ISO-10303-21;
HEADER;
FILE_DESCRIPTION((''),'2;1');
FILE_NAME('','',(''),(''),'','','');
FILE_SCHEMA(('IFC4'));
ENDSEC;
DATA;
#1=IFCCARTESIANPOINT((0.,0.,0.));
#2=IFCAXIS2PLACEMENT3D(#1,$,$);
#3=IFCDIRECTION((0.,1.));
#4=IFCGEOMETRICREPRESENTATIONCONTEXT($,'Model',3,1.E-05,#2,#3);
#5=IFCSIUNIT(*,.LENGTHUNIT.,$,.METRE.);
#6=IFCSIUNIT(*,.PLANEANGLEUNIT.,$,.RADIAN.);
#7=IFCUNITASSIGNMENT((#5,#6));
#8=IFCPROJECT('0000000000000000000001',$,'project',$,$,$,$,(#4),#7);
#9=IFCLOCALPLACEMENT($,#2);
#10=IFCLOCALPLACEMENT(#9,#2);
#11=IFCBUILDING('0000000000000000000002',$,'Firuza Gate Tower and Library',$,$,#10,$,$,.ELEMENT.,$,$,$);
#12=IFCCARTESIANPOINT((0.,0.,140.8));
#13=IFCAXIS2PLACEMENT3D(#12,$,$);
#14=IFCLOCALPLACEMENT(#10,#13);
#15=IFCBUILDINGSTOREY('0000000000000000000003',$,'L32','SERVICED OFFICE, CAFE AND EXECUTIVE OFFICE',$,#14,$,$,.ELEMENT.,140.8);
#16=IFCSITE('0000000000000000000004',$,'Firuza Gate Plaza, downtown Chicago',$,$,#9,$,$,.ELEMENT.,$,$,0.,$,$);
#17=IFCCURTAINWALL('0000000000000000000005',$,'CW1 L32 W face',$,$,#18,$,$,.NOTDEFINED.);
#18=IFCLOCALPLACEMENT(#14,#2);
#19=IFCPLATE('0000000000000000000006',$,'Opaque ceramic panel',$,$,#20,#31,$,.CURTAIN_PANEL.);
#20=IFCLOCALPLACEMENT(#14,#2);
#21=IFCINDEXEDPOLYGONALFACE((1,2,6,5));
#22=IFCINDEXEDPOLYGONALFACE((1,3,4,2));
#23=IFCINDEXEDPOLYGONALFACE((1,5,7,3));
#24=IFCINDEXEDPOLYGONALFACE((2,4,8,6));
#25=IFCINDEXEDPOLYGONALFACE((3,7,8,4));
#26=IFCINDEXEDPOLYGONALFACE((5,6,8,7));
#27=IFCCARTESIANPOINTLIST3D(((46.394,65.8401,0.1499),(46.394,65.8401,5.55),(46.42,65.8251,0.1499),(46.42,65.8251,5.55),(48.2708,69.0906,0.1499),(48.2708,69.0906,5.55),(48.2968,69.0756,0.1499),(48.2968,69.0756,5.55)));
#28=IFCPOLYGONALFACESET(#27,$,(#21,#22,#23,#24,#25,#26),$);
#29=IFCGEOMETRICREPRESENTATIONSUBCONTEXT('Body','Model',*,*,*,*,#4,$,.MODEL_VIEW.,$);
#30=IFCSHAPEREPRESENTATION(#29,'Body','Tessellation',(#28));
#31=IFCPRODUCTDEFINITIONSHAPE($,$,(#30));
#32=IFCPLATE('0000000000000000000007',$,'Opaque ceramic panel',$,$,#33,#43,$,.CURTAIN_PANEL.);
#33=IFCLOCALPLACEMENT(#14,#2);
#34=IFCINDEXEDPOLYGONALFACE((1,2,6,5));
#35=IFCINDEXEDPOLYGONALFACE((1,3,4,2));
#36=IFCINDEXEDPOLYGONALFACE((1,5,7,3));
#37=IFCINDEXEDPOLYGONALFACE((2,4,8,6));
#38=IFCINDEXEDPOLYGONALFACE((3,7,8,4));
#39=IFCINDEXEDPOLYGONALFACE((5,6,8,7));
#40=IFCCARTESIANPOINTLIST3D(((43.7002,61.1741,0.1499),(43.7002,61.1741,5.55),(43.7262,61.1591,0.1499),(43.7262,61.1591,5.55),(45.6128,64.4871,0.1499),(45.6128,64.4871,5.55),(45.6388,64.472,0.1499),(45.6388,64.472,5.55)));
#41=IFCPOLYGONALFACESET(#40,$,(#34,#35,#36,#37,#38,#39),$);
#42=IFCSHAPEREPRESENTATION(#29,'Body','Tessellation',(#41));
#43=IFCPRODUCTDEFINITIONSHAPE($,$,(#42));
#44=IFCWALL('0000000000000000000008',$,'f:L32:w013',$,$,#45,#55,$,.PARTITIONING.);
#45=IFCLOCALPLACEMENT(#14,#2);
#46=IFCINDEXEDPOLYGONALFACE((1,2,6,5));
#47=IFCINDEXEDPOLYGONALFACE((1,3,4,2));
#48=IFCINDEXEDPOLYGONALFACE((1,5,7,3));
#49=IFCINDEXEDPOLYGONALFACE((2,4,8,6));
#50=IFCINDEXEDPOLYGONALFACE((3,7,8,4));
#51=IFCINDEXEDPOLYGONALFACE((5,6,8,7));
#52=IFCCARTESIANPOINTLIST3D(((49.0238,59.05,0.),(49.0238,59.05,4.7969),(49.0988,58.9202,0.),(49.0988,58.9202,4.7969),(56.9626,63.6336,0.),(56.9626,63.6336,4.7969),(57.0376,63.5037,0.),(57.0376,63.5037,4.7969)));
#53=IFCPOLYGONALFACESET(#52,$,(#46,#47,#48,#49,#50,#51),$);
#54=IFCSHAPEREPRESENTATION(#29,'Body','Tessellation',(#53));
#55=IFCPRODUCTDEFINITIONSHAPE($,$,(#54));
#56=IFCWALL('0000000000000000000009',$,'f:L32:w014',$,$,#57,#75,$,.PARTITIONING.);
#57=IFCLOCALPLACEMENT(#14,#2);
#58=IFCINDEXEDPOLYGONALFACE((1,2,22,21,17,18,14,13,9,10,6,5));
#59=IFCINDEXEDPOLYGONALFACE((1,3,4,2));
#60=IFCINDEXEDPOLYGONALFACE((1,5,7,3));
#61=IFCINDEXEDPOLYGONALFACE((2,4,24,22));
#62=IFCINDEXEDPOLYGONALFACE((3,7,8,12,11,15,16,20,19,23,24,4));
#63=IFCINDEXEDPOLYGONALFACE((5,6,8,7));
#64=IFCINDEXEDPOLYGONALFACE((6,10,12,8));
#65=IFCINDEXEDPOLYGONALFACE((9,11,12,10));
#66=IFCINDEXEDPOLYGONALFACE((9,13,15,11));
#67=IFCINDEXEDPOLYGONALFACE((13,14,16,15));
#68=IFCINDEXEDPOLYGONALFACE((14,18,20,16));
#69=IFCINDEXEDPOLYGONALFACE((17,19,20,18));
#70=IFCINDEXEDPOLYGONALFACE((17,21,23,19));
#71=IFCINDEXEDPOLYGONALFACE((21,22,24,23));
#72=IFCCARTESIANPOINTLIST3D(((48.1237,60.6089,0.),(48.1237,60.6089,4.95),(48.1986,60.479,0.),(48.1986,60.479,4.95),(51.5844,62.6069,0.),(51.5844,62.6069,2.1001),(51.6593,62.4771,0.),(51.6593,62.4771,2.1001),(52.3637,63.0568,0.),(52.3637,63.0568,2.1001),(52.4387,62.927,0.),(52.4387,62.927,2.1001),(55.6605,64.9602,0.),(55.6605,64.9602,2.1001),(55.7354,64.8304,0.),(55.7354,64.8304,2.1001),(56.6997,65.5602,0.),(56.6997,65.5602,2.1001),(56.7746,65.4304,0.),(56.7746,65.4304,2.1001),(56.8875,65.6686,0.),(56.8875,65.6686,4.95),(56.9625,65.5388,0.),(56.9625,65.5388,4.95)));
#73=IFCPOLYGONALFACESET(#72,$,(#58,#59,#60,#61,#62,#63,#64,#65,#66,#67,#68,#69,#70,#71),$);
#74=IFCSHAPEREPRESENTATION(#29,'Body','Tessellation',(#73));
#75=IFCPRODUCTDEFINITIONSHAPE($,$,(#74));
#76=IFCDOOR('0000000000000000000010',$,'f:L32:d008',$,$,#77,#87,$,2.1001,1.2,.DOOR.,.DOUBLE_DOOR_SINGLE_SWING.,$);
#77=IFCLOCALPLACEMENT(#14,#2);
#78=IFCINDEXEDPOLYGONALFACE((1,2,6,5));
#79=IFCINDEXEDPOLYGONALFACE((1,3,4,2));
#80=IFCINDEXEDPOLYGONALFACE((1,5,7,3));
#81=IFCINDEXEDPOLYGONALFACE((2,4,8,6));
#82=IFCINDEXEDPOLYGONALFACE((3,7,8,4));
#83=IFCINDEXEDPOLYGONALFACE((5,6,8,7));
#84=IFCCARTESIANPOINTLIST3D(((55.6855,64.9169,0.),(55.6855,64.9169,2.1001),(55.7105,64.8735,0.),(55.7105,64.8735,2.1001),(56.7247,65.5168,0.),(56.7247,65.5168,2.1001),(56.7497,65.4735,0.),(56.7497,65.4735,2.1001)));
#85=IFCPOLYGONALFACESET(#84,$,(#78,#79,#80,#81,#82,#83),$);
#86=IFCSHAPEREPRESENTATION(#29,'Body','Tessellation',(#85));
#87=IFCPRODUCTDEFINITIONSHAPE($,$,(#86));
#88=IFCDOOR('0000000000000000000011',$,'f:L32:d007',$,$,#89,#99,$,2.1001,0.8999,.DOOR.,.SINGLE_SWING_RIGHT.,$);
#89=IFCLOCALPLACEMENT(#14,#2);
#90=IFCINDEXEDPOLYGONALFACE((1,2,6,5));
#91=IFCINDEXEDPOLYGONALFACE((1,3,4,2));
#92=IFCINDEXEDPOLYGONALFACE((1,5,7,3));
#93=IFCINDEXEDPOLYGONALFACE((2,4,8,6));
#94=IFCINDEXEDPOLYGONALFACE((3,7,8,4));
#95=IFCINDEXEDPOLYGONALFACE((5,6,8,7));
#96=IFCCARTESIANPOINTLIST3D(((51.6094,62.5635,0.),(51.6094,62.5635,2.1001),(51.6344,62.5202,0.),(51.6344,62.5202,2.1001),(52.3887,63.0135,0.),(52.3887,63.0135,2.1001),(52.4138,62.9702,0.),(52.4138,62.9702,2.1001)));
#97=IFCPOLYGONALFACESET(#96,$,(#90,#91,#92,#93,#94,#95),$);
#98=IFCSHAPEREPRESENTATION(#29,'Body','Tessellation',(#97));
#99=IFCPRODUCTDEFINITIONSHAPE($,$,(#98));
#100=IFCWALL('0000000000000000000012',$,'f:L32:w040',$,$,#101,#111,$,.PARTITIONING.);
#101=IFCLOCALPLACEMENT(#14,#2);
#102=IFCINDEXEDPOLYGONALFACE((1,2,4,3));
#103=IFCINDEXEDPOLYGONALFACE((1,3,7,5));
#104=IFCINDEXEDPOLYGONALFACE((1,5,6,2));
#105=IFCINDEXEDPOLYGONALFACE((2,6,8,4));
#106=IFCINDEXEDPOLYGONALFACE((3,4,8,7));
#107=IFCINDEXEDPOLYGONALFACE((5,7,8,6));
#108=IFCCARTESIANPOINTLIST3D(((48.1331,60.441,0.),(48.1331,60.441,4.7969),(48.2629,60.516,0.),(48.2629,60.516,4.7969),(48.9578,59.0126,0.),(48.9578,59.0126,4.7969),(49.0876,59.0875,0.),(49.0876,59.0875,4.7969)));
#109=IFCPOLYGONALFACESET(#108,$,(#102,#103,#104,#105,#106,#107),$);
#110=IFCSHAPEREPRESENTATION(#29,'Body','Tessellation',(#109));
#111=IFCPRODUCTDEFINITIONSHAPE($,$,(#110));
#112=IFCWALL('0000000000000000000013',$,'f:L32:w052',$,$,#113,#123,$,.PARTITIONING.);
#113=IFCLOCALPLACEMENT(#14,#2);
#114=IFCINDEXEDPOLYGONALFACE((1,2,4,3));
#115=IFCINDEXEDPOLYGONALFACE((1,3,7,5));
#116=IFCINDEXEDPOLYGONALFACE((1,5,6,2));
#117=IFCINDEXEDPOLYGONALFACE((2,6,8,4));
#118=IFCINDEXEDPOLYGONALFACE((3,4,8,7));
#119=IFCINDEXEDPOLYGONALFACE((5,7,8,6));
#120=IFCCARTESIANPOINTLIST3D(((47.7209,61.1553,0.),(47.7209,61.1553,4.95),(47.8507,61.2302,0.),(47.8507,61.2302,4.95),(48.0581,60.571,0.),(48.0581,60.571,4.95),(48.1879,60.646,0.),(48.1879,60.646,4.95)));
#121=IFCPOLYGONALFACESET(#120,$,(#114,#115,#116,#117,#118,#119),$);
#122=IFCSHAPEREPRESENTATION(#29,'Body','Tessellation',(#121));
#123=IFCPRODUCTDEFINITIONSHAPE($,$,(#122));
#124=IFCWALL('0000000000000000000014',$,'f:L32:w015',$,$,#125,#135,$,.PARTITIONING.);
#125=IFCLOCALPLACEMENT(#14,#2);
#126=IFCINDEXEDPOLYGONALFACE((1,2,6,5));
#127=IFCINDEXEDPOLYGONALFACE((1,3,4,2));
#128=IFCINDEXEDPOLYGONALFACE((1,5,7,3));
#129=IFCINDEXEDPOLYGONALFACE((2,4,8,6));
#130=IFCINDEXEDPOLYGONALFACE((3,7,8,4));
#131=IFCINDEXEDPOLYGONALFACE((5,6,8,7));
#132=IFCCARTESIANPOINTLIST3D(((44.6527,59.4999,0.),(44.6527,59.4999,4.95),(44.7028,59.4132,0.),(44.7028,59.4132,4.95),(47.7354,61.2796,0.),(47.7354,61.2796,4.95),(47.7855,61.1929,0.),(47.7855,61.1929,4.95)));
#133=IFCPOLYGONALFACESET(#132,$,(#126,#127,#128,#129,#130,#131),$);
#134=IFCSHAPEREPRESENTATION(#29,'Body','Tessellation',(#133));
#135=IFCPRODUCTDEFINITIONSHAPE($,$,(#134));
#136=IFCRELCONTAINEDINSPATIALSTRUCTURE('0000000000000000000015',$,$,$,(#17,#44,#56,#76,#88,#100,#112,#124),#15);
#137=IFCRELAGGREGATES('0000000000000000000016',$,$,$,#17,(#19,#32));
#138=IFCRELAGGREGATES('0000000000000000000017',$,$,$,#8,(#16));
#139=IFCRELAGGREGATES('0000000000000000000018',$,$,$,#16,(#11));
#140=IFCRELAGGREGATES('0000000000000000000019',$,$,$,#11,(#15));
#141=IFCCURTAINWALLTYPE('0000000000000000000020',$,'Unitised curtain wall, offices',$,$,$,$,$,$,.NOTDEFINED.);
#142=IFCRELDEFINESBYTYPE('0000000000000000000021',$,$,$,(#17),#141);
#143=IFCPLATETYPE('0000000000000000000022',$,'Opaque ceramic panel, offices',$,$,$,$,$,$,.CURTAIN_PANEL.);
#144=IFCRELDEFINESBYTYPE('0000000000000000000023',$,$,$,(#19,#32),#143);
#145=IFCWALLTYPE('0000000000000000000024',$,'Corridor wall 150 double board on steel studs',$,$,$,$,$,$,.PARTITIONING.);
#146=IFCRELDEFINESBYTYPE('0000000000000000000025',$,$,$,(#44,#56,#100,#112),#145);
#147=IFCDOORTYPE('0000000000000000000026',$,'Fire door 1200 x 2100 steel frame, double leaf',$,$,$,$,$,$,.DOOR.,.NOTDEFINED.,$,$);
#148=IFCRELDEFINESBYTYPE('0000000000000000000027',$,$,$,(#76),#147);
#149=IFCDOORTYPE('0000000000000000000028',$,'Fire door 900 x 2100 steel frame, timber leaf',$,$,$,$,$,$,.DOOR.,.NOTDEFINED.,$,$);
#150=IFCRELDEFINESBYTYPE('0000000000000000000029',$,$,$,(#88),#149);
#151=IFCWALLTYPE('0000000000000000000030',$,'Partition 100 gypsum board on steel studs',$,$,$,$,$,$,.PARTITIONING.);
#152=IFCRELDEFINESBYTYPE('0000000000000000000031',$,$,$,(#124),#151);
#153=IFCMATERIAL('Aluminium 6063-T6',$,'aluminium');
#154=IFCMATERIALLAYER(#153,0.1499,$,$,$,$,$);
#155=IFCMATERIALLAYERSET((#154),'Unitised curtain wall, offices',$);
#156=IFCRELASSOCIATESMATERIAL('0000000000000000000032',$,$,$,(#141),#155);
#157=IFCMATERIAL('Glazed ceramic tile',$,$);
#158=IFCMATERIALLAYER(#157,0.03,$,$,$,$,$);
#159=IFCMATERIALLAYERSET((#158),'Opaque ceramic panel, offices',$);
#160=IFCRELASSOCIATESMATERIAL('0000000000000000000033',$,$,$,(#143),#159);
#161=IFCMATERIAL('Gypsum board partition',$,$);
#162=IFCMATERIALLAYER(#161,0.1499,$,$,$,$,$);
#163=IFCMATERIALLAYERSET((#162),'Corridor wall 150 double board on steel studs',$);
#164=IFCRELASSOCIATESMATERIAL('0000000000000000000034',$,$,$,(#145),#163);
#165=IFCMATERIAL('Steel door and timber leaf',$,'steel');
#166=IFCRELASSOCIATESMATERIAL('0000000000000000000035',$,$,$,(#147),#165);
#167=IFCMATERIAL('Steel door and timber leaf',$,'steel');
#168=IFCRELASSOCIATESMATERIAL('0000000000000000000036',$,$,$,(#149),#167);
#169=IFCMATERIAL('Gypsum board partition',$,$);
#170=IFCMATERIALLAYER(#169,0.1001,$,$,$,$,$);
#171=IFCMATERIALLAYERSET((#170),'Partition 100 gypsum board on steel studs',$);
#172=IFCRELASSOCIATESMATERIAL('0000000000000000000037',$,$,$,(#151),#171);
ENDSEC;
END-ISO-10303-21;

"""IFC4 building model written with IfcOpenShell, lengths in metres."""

from ifc_helpers import new_model, si_unit, direction, frame, frame_2d, origin, place, context, subcontext, project, spatial, polyline, rectangle, outline, extrude, material, layer, layer_set, type_object, element, fill, aggregate, save


model = new_model("IFC4")

# Units and contexts
model_context = context("Model", 3, precision=1e-05, world=origin(), true_north=direction((0.0, 1.0)))
body_context = subcontext(model_context, "Body", "Model", "MODEL_VIEW")
ifc_project = project(units=[si_unit("LENGTHUNIT", "METRE"), si_unit("PLANEANGLEUNIT", "RADIAN")], contexts=[model_context])

# Site, building, storey
site_placement = place(None, origin())
site = spatial("IfcSite", under=ifc_project, at=site_placement, Name="Firuza Gate Plaza, downtown Chicago", CompositionType="ELEMENT", RefElevation=0.0)
building_placement = place(site_placement, origin())
building = spatial("IfcBuilding", under=site, at=building_placement, Name="Firuza Gate Tower and Library", CompositionType="ELEMENT")
storey_placement = place(building_placement, frame((0.0, 0.0, 140.8)))
storey = spatial("IfcBuildingStorey", under=building, at=storey_placement, Name="L32", Description="SERVICED OFFICE, CAFE AND EXECUTIVE OFFICE", CompositionType="ELEMENT", Elevation=140.8)

# Curtain wall
ifc_material_1 = material(Name="Aluminium 6063-T6", Category="aluminium")
ifc_layer_1 = layer(ifc_material_1, 0.1499)
ifc_layer_set_1 = layer_set([ifc_layer_1], Name="Unitised curtain wall, offices")
curtain_wall_type_1 = type_object("IfcCurtainWallType", Name="Unitised curtain wall, offices", PredefinedType="NOTDEFINED", material=ifc_layer_set_1)
placement = place(storey_placement, origin())
curtain_wall_1 = element("IfcCurtainWall", 1, at=placement, inside=storey, type_object=curtain_wall_type_1, Name="CW1 L32 W face", PredefinedType="NOTDEFINED")

# Plates
ifc_material_2 = material(Name="Glazed ceramic tile")
ifc_layer_2 = layer(ifc_material_2, 0.03)
ifc_layer_set_2 = layer_set([ifc_layer_2], Name="Opaque ceramic panel, offices")
plate_type_1 = type_object("IfcPlateType", Name="Opaque ceramic panel, offices", PredefinedType="CURTAIN_PANEL", material=ifc_layer_set_2)
plate_1_placement = place(storey_placement, frame((48.2708, 69.0906, 0.1499), z_axis=(-0.866021, 0.500008, 0.0), x_axis=(-0.500008, -0.866021, 0.0)))
plate_1 = element("IfcPlate", 2, at=plate_1_placement, type_object=plate_type_1, Name="Opaque ceramic panel", PredefinedType="CURTAIN_PANEL", context=body_context, shape_type="SweptSolid", body=[
    extrude(outline(polyline([(0.0, 0.0), (3.7534, 0.0), (3.7534, 5.4001), (0.0, 5.4001), (0.0, 0.0)])), origin(), (0.0, 0.0, -1.0), 0.03),
])
plate_2_placement = place(storey_placement, frame((45.6128, 64.4871, 0.1499), z_axis=(-0.866043, 0.499969, 0.0), x_axis=(-0.499969, -0.866043, 0.0)))
plate_2 = element("IfcPlate", 3, at=plate_2_placement, type_object=plate_type_1, Name="Opaque ceramic panel", PredefinedType="CURTAIN_PANEL", context=body_context, shape_type="SweptSolid", body=[
    extrude(outline(polyline([(0.0, 0.0), (3.8254, 0.0), (3.8254, 5.4001), (0.0, 5.4001), (0.0, 0.0)])), origin(), (0.0, 0.0, -1.0), 0.03),
])
aggregate(curtain_wall_1, [plate_1, plate_2])

# Wall
ifc_material_3 = material(Name="Gypsum board partition")
ifc_layer_3 = layer(ifc_material_3, 0.1499)
ifc_layer_set_3 = layer_set([ifc_layer_3], Name="Corridor wall 150 double board on steel studs")
wall_type_1 = type_object("IfcWallType", Name="Corridor wall 150 double board on steel studs", PredefinedType="PARTITIONING", material=ifc_layer_set_3)
wall_1_placement = place(storey_placement, frame((49.0613, 58.9851, 0.0), z_axis=(0.0, 0.0, 1.0), x_axis=(0.866022, 0.500006, 0.0)))
element("IfcWall", 4, at=wall_1_placement, inside=storey, type_object=wall_type_1, Name="f:L32:w013", PredefinedType="PARTITIONING", context=body_context, shape_type="SweptSolid", body=[
    extrude(rectangle(XDim=9.167, YDim=0.1499, at=frame_2d((4.5835, 0.0))), origin(), (0.0, 0.0, 1.0), 4.7969),
])

# Wall, openings, doors
wall_2_placement = place(storey_placement, frame((48.1611, 60.5439, 0.0), z_axis=(0.0, 0.0, 1.0), x_axis=(0.866027, 0.499997, 0.0)))
wall_2 = element("IfcWall", 5, at=wall_2_placement, inside=storey, type_object=wall_type_1, Name="f:L32:w014", PredefinedType="PARTITIONING", context=body_context, shape_type="SweptSolid", body=[
    extrude(rectangle(XDim=10.1196, YDim=0.1499, at=frame_2d((5.0598, 0.0))), origin(), (0.0, 0.0, 1.0), 4.95),
])
opening_1_placement = place(wall_2_placement, frame((3.9961, 0.0, 0.0)))
opening_1 = element("IfcOpeningElement", 6, at=opening_1_placement, cuts=wall_2, PredefinedType="OPENING", context=body_context, shape_type="SweptSolid", body=[
    extrude(rectangle(XDim=0.8999, YDim=2.1001, at=frame_2d((0.45, 1.05))), frame((0.0, 0.085, 0.0), z_axis=(0.0, -1.0, 0.0), x_axis=(1.0, 0.0, 0.0)), (0.0, 0.0, 1.0), 0.1699),
])
opening_2_placement = place(wall_2_placement, frame((8.7026, 0.0, 0.0)))
opening_2 = element("IfcOpeningElement", 7, at=opening_2_placement, cuts=wall_2, PredefinedType="OPENING", context=body_context, shape_type="SweptSolid", body=[
    extrude(rectangle(XDim=1.2, YDim=2.1001, at=frame_2d((0.6001, 1.05))), frame((0.0, 0.085, 0.0), z_axis=(0.0, -1.0, 0.0), x_axis=(1.0, 0.0, 0.0)), (0.0, 0.0, 1.0), 0.1699),
])
ifc_material_4 = material(Name="Steel door and timber leaf", Category="steel")
door_type_1 = type_object("IfcDoorType", Name="Fire door 1200 x 2100 steel frame, double leaf", OperationType="NOTDEFINED", PredefinedType="DOOR", material=ifc_material_4)
door_1_placement = place(opening_2_placement, origin())
door_1 = element("IfcDoor", 8, at=door_1_placement, inside=storey, type_object=door_type_1, Name="f:L32:d008", OperationType="DOUBLE_DOOR_SINGLE_SWING", OverallHeight=2.1001, OverallWidth=1.2, PredefinedType="DOOR", context=body_context, shape_type="SweptSolid", body=[
    extrude(rectangle(XDim=1.2, YDim=2.1001, at=frame_2d((0.6001, 1.05))), frame((0.0, 0.0249, 0.0), z_axis=(0.0, -1.0, 0.0), x_axis=(1.0, 0.0, 0.0)), (0.0, 0.0, 1.0), 0.05),
])
fill(opening_2, door_1)
ifc_material_5 = material(Name="Steel door and timber leaf", Category="steel")
door_type_2 = type_object("IfcDoorType", Name="Fire door 900 x 2100 steel frame, timber leaf", OperationType="NOTDEFINED", PredefinedType="DOOR", material=ifc_material_5)
door_2_placement = place(opening_1_placement, origin())
door_2 = element("IfcDoor", 9, at=door_2_placement, inside=storey, type_object=door_type_2, Name="f:L32:d007", OperationType="SINGLE_SWING_RIGHT", OverallHeight=2.1001, OverallWidth=0.8999, PredefinedType="DOOR", context=body_context, shape_type="SweptSolid", body=[
    extrude(rectangle(XDim=0.8999, YDim=2.1001, at=frame_2d((0.45, 1.05))), frame((0.0, 0.0249, 0.0), z_axis=(0.0, -1.0, 0.0), x_axis=(1.0, 0.0, 0.0)), (0.0, 0.0, 1.0), 0.05),
])
fill(opening_1, door_2)

# Walls
wall_3_placement = place(storey_placement, frame((49.0227, 59.05, 0.0), z_axis=(0.0, 0.0, 1.0), x_axis=(-0.499992, 0.86603, 0.0)))
element("IfcWall", 10, at=wall_3_placement, inside=storey, type_object=wall_type_1, Name="f:L32:w040", PredefinedType="PARTITIONING", context=body_context, shape_type="SweptSolid", body=[
    extrude(rectangle(XDim=1.6494, YDim=0.1499, at=frame_2d((0.8247, 0.0))), origin(), (0.0, 0.0, 1.0), 4.7969),
])
wall_4_placement = place(storey_placement, frame((48.123, 60.6084, 0.0), z_axis=(0.0, 0.0, 1.0), x_axis=(-0.499837, 0.866119, 0.0)))
element("IfcWall", 11, at=wall_4_placement, inside=storey, type_object=wall_type_1, Name="f:L32:w052", PredefinedType="PARTITIONING", context=body_context, shape_type="SweptSolid", body=[
    extrude(rectangle(XDim=0.6746, YDim=0.1499, at=frame_2d((0.3374, 0.0))), origin(), (0.0, 0.0, 1.0), 4.95),
])
ifc_material_6 = material(Name="Gypsum board partition")
ifc_layer_4 = layer(ifc_material_6, 0.1001)
ifc_layer_set_4 = layer_set([ifc_layer_4], Name="Partition 100 gypsum board on steel studs")
wall_type_2 = type_object("IfcWallType", Name="Partition 100 gypsum board on steel studs", PredefinedType="PARTITIONING", material=ifc_layer_set_4)
wall_5_placement = place(storey_placement, frame((44.6777, 59.4565, 0.0), z_axis=(0.0, 0.0, 1.0), x_axis=(0.866031, 0.49999, 0.0)))
element("IfcWall", 12, at=wall_5_placement, inside=storey, type_object=wall_type_2, Name="f:L32:w015", PredefinedType="PARTITIONING", context=body_context, shape_type="SweptSolid", body=[
    extrude(rectangle(XDim=3.5596, YDim=0.1001, at=frame_2d((1.7798, 0.0))), origin(), (0.0, 0.0, 1.0), 4.95),
])

save(model, "model.ifc")
